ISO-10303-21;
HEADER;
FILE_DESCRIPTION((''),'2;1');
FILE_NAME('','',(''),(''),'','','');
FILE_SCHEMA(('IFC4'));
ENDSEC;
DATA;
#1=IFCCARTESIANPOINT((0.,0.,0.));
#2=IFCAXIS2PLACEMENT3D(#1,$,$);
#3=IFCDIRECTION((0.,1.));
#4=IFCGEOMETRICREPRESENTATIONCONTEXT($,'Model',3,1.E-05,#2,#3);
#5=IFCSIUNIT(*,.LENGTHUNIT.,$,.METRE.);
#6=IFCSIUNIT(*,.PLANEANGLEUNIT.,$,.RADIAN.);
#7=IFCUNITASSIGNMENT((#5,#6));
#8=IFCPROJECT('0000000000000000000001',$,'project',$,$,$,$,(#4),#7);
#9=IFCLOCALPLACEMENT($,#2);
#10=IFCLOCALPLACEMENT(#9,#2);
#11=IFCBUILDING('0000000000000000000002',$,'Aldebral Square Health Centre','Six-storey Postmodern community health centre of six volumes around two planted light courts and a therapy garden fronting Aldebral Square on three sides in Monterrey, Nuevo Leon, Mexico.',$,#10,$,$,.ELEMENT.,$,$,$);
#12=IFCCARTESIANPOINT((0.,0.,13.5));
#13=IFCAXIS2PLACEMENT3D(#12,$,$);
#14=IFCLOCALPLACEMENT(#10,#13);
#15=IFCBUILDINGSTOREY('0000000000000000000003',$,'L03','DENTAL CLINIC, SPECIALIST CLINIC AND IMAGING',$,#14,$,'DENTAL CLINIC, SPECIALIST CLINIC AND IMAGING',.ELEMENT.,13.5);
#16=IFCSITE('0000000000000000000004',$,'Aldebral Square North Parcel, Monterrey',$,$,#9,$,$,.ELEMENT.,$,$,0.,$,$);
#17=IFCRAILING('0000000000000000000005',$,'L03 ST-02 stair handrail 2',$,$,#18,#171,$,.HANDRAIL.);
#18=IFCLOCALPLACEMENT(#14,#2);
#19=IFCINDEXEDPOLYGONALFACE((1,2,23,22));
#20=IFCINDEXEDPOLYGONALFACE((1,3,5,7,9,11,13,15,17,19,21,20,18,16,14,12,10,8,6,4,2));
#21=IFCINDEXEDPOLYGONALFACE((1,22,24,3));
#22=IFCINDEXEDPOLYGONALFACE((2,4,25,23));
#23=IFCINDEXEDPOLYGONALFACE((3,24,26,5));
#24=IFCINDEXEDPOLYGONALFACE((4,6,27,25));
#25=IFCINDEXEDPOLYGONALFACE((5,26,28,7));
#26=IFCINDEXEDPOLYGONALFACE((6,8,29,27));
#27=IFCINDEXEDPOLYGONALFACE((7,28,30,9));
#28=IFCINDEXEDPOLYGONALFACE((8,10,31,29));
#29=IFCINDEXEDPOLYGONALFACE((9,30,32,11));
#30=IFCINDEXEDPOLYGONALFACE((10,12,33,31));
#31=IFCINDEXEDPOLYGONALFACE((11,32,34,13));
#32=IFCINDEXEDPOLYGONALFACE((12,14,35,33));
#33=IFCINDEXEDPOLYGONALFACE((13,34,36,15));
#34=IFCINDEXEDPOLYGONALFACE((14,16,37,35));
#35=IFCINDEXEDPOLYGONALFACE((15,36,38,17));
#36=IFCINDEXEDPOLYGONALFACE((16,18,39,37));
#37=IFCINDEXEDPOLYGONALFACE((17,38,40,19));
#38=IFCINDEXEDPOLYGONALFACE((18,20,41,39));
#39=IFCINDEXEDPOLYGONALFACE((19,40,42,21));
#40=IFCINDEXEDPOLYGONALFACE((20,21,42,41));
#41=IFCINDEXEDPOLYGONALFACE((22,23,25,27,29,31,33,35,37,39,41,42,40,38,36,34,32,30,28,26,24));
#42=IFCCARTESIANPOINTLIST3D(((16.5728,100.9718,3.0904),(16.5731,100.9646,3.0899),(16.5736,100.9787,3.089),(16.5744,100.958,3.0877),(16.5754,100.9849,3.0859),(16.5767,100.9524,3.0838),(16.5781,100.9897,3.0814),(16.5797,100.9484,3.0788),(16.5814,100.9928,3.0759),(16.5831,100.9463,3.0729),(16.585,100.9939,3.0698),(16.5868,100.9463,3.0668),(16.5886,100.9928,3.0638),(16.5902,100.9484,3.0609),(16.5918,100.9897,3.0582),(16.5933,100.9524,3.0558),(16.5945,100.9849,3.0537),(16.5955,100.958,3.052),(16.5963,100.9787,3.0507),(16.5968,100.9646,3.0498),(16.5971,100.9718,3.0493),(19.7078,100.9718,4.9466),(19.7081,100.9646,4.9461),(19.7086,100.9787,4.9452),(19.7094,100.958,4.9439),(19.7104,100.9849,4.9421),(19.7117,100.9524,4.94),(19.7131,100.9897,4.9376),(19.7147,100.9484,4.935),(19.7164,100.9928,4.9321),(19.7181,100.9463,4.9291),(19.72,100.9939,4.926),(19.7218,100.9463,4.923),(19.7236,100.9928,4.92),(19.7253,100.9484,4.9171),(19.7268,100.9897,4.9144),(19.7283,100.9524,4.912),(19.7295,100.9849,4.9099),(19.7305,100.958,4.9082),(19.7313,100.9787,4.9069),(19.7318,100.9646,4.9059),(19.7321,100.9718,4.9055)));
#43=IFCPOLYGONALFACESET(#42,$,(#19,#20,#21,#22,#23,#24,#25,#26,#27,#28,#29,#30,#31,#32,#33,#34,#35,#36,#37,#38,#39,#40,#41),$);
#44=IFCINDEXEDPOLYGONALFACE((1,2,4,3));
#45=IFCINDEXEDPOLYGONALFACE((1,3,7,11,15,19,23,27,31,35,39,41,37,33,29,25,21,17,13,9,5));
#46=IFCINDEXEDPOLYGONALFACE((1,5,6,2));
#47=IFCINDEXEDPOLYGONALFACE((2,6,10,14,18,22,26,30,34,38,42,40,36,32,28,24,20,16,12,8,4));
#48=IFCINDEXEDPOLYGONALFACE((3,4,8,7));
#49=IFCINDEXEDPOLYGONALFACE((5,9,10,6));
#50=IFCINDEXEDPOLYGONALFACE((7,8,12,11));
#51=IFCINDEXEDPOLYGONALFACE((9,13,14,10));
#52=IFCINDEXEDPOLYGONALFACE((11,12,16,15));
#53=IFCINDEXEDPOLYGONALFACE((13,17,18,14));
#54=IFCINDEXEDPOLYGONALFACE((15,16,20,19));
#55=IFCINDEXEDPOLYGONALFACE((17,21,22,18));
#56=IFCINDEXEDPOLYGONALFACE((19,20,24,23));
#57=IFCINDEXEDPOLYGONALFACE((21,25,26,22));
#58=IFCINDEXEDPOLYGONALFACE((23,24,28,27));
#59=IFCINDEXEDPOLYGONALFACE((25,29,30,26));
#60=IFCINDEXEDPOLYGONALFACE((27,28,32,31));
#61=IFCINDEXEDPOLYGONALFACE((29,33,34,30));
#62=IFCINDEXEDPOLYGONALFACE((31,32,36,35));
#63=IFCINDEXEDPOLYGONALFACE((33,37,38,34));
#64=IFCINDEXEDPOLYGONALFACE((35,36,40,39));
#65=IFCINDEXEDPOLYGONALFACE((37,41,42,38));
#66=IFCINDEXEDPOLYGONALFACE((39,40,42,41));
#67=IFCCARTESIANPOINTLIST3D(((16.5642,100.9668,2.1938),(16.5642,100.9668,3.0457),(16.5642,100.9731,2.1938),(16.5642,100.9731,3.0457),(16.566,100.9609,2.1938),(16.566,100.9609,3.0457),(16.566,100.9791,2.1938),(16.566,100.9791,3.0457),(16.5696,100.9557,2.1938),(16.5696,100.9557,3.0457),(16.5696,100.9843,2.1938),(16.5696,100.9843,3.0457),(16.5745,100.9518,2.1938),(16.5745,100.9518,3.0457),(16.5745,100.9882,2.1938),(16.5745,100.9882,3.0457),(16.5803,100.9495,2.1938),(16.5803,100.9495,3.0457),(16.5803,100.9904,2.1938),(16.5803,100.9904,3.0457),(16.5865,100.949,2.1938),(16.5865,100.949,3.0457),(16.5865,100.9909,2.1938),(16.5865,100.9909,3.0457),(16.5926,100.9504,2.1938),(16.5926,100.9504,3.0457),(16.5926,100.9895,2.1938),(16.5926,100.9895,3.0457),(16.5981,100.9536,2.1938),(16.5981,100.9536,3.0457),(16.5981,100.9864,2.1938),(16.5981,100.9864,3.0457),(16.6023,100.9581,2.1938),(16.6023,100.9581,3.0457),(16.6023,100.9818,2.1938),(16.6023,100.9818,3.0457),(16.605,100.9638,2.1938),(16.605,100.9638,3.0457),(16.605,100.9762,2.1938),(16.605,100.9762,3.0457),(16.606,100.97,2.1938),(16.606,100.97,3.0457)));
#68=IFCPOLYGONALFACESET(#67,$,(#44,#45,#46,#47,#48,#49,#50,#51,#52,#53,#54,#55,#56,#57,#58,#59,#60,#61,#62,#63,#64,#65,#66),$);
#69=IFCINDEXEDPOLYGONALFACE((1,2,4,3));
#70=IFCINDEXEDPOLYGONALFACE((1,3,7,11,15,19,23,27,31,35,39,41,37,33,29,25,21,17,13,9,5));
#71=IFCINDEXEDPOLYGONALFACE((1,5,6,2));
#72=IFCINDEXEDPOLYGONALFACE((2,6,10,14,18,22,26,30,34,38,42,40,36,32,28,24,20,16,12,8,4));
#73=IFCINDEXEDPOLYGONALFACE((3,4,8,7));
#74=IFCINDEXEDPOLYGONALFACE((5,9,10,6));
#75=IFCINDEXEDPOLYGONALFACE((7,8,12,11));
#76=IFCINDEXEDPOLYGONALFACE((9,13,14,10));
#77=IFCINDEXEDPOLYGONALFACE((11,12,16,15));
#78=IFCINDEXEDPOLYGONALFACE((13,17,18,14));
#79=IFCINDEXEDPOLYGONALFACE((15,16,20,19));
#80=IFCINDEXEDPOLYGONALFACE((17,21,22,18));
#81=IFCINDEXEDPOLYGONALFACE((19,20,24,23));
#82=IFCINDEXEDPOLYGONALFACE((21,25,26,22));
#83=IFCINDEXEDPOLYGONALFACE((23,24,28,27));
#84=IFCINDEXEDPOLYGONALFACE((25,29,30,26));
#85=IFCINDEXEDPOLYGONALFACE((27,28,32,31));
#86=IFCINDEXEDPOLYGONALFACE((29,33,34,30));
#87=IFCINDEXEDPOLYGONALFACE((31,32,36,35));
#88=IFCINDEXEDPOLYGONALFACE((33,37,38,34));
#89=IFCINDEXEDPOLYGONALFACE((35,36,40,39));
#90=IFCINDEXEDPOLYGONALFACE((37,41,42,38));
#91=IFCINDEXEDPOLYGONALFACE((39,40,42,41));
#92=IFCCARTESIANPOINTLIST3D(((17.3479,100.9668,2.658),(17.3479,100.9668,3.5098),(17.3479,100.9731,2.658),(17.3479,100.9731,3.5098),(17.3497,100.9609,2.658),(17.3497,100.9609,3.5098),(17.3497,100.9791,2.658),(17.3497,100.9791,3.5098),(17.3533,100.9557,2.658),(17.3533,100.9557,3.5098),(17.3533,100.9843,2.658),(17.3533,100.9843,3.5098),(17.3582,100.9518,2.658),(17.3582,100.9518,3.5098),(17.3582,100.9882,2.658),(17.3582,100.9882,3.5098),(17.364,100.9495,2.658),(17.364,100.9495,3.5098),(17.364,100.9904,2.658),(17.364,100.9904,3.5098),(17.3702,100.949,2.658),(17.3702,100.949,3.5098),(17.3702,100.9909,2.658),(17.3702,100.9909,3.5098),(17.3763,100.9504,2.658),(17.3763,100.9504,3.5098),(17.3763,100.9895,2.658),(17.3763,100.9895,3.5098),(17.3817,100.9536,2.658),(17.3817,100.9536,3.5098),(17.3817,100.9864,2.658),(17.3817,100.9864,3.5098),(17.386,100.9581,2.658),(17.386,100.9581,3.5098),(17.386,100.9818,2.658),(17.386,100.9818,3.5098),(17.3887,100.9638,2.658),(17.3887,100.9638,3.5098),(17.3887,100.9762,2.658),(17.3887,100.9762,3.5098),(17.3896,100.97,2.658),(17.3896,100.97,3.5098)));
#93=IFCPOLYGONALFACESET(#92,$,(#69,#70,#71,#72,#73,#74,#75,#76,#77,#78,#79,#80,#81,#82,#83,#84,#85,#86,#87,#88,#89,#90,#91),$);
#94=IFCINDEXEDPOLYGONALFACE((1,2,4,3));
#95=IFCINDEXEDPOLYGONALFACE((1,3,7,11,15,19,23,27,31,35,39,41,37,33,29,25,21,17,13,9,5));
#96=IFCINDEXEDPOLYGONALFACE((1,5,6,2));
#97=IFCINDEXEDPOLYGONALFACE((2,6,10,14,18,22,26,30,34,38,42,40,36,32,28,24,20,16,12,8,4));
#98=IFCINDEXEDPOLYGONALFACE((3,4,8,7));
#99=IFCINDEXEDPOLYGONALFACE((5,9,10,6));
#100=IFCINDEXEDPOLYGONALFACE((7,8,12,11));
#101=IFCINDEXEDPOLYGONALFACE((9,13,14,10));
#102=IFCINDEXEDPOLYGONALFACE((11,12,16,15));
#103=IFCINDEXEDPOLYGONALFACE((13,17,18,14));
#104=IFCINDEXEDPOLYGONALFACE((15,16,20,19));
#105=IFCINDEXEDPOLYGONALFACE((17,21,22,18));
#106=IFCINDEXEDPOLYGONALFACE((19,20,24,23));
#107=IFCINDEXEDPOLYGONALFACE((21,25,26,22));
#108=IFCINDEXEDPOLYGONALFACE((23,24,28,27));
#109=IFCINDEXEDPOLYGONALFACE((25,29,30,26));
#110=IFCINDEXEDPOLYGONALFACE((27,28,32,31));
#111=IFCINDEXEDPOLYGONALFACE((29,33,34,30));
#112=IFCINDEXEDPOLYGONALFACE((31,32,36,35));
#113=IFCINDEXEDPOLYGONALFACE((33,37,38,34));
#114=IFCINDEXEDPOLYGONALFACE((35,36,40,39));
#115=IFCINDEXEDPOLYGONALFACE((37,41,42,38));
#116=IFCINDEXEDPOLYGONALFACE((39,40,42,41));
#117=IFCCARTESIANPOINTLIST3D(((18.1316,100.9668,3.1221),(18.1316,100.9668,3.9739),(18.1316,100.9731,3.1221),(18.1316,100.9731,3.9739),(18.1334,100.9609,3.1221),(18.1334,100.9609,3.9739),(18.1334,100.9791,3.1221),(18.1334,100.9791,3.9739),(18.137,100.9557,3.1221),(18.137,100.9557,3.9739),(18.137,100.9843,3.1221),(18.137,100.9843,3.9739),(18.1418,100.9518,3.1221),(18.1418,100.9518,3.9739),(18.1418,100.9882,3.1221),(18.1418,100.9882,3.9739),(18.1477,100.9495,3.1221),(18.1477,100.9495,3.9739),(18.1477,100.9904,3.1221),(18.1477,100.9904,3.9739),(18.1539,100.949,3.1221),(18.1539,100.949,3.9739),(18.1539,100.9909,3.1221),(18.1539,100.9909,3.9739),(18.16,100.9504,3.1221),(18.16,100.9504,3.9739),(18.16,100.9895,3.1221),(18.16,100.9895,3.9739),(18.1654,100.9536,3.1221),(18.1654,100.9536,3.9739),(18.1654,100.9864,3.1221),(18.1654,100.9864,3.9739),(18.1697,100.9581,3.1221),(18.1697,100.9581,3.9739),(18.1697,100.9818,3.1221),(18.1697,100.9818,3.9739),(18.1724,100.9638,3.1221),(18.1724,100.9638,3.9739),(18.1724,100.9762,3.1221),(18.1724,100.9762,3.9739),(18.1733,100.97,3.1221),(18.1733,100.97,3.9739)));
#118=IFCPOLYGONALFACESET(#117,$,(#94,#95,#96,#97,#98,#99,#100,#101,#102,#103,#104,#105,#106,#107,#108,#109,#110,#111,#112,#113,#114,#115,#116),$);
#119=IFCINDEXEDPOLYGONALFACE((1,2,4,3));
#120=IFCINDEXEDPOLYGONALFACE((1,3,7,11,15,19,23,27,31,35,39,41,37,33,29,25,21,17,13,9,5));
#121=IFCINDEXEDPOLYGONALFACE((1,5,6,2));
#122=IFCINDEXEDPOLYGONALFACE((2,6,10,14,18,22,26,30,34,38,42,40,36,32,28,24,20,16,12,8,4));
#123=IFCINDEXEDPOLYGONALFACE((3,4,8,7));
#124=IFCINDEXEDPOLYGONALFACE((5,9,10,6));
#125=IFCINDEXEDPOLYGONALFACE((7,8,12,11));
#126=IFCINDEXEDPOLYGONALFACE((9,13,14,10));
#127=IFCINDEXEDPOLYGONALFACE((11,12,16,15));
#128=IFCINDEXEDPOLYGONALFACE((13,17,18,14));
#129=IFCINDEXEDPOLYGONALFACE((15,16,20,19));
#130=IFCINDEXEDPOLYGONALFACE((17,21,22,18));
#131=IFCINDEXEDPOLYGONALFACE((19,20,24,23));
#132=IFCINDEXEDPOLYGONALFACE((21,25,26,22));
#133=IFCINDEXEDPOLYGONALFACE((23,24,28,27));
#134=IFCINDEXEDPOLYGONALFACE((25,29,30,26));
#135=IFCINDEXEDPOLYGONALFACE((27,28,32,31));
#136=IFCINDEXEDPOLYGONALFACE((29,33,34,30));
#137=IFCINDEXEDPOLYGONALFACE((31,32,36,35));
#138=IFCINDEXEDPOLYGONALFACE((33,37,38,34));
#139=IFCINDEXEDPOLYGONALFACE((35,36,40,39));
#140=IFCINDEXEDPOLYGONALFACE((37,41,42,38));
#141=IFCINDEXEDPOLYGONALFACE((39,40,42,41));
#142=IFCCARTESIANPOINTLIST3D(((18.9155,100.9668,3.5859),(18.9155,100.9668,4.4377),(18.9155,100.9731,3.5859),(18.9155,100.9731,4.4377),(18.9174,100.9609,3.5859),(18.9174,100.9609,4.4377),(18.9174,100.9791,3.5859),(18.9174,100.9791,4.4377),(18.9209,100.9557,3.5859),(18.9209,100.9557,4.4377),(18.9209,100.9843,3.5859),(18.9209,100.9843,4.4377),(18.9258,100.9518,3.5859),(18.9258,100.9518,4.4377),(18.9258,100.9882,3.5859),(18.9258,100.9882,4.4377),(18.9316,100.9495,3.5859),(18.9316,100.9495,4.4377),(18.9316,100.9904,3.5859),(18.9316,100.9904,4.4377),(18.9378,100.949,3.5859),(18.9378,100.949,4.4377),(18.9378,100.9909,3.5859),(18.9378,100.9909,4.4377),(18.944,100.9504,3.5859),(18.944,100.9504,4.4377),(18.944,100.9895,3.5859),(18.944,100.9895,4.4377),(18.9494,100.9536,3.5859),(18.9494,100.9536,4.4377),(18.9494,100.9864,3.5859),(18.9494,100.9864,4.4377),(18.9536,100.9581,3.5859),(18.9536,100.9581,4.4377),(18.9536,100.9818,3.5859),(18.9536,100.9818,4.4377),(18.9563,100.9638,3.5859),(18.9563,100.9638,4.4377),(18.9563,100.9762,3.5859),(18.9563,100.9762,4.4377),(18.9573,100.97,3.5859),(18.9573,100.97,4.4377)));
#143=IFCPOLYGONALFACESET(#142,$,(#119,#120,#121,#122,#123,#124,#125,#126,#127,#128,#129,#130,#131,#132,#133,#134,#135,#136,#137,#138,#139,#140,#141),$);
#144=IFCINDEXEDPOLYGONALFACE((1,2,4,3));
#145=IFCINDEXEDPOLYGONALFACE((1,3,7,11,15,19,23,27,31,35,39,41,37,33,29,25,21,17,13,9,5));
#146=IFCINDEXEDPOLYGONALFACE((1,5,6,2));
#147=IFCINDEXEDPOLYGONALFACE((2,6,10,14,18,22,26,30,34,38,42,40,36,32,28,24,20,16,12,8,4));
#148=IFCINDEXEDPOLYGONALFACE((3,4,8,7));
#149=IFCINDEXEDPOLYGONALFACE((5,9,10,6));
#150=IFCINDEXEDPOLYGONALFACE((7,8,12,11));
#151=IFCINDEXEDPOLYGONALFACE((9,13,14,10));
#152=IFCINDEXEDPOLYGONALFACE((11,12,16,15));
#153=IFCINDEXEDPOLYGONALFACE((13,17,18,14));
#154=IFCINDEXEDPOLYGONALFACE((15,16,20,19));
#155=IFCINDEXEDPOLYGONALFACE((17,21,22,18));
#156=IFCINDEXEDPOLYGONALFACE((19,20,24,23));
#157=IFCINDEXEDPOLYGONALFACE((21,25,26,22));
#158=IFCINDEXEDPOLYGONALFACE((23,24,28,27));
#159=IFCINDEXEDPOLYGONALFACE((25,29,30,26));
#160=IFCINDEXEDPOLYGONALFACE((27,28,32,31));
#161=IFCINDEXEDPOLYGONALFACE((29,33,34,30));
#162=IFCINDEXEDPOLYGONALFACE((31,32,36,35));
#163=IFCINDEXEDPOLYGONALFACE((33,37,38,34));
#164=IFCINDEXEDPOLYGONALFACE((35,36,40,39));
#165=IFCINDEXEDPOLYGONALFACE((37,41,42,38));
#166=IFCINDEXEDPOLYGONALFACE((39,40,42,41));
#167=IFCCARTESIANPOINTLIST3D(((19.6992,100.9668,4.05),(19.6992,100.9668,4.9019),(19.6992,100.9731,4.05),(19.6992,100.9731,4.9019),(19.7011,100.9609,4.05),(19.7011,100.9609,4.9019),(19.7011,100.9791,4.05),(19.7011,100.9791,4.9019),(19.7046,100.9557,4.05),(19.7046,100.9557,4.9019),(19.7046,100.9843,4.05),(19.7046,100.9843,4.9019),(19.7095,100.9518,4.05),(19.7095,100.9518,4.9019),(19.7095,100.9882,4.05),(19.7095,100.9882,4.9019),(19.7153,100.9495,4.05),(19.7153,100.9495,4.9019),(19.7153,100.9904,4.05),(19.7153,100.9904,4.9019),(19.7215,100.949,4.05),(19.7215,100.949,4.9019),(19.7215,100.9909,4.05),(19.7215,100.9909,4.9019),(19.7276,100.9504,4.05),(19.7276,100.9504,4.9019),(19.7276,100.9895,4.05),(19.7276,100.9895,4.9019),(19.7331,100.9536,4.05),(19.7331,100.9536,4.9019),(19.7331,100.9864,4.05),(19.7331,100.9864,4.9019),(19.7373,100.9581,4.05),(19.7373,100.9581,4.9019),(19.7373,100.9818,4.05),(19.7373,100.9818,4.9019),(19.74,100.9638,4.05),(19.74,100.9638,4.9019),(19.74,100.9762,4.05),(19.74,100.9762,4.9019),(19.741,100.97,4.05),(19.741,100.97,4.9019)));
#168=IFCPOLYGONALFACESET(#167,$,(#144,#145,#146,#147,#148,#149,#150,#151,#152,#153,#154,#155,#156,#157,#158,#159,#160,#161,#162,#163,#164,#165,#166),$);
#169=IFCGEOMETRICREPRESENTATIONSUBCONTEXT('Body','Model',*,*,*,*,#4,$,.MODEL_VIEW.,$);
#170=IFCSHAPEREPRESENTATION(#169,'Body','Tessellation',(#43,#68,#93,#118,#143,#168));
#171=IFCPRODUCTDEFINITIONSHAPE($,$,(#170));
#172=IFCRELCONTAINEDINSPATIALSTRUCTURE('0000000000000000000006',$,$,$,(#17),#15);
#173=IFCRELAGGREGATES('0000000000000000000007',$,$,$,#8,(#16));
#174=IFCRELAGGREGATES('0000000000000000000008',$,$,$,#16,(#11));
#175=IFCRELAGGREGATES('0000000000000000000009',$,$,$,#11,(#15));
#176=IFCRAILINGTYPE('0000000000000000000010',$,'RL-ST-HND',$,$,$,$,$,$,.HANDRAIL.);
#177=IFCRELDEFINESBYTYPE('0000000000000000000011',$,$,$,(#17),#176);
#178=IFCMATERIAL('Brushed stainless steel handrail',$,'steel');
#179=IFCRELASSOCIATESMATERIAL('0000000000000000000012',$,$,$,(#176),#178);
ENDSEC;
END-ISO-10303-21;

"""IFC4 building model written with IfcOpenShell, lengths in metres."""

from ifc_helpers import new_model, si_unit, direction, frame, origin, origin_2d, place, context, subcontext, project, spatial, circle, extrude, material, type_object, element, save


model = new_model("IFC4")

# Units and contexts
model_context = context("Model", 3, precision=1e-05, world=origin(), true_north=direction((0.0, 1.0)))
body_context = subcontext(model_context, "Body", "Model", "MODEL_VIEW")
ifc_project = project(units=[si_unit("LENGTHUNIT", "METRE"), si_unit("PLANEANGLEUNIT", "RADIAN")], contexts=[model_context])

# Site, building, storey
site_placement = place(None, origin())
site = spatial("IfcSite", under=ifc_project, at=site_placement, Name="Aldebral Square North Parcel, Monterrey", CompositionType="ELEMENT", RefElevation=0.0)
building_placement = place(site_placement, origin())
building = spatial("IfcBuilding", under=site, at=building_placement, Name="Aldebral Square Health Centre", Description="Six-storey Postmodern community health centre of six volumes around two planted light courts and a therapy garden fronting Aldebral Square on three sides in Monterrey, Nuevo Leon, Mexico.", CompositionType="ELEMENT")
storey_placement = place(building_placement, frame((0.0, 0.0, 13.5)))
storey = spatial("IfcBuildingStorey", under=building, at=storey_placement, Name="L03", Description="DENTAL CLINIC, SPECIALIST CLINIC AND IMAGING", LongName="DENTAL CLINIC, SPECIALIST CLINIC AND IMAGING", CompositionType="ELEMENT", Elevation=13.5)

# Railing
ifc_material_1 = material(Name="Brushed stainless steel handrail", Category="steel")
railing_type_1 = type_object("IfcRailingType", Name="RL-ST-HND", PredefinedType="HANDRAIL", material=ifc_material_1)
railing_1_placement = place(storey_placement, frame((16.585, 100.97, 2.1938)))
element("IfcRailing", 1, at=railing_1_placement, inside=storey, type_object=railing_type_1, Name="L03 ST-02 stair handrail 2", PredefinedType="HANDRAIL", context=body_context, shape_type="SweptSolid", body=[
    extrude(circle(Radius=0.0239, at=origin_2d()), frame((0.0, 0.0, 0.876), z_axis=(0.860482, 0.0, 0.509481), x_axis=(0.0, 1.0, 0.0)), (0.0, 0.0, 1.0), 3.6433),
    extrude(circle(Radius=0.021, at=origin_2d()), origin(), (0.0, 0.0, 1.0), 0.8518),
    extrude(circle(Radius=0.021, at=origin_2d()), frame((0.7837, 0.0, 0.4641)), (0.0, 0.0, 1.0), 0.8518),
    extrude(circle(Radius=0.021, at=origin_2d()), frame((1.5674, 0.0, 0.9282)), (0.0, 0.0, 1.0), 0.8518),
    extrude(circle(Radius=0.021, at=origin_2d()), frame((2.3513, 0.0, 1.3921)), (0.0, 0.0, 1.0), 0.8518),
    extrude(circle(Radius=0.021, at=origin_2d()), frame((3.135, 0.0, 1.8562)), (0.0, 0.0, 1.0), 0.8518),
])

save(model, "model.ifc")
